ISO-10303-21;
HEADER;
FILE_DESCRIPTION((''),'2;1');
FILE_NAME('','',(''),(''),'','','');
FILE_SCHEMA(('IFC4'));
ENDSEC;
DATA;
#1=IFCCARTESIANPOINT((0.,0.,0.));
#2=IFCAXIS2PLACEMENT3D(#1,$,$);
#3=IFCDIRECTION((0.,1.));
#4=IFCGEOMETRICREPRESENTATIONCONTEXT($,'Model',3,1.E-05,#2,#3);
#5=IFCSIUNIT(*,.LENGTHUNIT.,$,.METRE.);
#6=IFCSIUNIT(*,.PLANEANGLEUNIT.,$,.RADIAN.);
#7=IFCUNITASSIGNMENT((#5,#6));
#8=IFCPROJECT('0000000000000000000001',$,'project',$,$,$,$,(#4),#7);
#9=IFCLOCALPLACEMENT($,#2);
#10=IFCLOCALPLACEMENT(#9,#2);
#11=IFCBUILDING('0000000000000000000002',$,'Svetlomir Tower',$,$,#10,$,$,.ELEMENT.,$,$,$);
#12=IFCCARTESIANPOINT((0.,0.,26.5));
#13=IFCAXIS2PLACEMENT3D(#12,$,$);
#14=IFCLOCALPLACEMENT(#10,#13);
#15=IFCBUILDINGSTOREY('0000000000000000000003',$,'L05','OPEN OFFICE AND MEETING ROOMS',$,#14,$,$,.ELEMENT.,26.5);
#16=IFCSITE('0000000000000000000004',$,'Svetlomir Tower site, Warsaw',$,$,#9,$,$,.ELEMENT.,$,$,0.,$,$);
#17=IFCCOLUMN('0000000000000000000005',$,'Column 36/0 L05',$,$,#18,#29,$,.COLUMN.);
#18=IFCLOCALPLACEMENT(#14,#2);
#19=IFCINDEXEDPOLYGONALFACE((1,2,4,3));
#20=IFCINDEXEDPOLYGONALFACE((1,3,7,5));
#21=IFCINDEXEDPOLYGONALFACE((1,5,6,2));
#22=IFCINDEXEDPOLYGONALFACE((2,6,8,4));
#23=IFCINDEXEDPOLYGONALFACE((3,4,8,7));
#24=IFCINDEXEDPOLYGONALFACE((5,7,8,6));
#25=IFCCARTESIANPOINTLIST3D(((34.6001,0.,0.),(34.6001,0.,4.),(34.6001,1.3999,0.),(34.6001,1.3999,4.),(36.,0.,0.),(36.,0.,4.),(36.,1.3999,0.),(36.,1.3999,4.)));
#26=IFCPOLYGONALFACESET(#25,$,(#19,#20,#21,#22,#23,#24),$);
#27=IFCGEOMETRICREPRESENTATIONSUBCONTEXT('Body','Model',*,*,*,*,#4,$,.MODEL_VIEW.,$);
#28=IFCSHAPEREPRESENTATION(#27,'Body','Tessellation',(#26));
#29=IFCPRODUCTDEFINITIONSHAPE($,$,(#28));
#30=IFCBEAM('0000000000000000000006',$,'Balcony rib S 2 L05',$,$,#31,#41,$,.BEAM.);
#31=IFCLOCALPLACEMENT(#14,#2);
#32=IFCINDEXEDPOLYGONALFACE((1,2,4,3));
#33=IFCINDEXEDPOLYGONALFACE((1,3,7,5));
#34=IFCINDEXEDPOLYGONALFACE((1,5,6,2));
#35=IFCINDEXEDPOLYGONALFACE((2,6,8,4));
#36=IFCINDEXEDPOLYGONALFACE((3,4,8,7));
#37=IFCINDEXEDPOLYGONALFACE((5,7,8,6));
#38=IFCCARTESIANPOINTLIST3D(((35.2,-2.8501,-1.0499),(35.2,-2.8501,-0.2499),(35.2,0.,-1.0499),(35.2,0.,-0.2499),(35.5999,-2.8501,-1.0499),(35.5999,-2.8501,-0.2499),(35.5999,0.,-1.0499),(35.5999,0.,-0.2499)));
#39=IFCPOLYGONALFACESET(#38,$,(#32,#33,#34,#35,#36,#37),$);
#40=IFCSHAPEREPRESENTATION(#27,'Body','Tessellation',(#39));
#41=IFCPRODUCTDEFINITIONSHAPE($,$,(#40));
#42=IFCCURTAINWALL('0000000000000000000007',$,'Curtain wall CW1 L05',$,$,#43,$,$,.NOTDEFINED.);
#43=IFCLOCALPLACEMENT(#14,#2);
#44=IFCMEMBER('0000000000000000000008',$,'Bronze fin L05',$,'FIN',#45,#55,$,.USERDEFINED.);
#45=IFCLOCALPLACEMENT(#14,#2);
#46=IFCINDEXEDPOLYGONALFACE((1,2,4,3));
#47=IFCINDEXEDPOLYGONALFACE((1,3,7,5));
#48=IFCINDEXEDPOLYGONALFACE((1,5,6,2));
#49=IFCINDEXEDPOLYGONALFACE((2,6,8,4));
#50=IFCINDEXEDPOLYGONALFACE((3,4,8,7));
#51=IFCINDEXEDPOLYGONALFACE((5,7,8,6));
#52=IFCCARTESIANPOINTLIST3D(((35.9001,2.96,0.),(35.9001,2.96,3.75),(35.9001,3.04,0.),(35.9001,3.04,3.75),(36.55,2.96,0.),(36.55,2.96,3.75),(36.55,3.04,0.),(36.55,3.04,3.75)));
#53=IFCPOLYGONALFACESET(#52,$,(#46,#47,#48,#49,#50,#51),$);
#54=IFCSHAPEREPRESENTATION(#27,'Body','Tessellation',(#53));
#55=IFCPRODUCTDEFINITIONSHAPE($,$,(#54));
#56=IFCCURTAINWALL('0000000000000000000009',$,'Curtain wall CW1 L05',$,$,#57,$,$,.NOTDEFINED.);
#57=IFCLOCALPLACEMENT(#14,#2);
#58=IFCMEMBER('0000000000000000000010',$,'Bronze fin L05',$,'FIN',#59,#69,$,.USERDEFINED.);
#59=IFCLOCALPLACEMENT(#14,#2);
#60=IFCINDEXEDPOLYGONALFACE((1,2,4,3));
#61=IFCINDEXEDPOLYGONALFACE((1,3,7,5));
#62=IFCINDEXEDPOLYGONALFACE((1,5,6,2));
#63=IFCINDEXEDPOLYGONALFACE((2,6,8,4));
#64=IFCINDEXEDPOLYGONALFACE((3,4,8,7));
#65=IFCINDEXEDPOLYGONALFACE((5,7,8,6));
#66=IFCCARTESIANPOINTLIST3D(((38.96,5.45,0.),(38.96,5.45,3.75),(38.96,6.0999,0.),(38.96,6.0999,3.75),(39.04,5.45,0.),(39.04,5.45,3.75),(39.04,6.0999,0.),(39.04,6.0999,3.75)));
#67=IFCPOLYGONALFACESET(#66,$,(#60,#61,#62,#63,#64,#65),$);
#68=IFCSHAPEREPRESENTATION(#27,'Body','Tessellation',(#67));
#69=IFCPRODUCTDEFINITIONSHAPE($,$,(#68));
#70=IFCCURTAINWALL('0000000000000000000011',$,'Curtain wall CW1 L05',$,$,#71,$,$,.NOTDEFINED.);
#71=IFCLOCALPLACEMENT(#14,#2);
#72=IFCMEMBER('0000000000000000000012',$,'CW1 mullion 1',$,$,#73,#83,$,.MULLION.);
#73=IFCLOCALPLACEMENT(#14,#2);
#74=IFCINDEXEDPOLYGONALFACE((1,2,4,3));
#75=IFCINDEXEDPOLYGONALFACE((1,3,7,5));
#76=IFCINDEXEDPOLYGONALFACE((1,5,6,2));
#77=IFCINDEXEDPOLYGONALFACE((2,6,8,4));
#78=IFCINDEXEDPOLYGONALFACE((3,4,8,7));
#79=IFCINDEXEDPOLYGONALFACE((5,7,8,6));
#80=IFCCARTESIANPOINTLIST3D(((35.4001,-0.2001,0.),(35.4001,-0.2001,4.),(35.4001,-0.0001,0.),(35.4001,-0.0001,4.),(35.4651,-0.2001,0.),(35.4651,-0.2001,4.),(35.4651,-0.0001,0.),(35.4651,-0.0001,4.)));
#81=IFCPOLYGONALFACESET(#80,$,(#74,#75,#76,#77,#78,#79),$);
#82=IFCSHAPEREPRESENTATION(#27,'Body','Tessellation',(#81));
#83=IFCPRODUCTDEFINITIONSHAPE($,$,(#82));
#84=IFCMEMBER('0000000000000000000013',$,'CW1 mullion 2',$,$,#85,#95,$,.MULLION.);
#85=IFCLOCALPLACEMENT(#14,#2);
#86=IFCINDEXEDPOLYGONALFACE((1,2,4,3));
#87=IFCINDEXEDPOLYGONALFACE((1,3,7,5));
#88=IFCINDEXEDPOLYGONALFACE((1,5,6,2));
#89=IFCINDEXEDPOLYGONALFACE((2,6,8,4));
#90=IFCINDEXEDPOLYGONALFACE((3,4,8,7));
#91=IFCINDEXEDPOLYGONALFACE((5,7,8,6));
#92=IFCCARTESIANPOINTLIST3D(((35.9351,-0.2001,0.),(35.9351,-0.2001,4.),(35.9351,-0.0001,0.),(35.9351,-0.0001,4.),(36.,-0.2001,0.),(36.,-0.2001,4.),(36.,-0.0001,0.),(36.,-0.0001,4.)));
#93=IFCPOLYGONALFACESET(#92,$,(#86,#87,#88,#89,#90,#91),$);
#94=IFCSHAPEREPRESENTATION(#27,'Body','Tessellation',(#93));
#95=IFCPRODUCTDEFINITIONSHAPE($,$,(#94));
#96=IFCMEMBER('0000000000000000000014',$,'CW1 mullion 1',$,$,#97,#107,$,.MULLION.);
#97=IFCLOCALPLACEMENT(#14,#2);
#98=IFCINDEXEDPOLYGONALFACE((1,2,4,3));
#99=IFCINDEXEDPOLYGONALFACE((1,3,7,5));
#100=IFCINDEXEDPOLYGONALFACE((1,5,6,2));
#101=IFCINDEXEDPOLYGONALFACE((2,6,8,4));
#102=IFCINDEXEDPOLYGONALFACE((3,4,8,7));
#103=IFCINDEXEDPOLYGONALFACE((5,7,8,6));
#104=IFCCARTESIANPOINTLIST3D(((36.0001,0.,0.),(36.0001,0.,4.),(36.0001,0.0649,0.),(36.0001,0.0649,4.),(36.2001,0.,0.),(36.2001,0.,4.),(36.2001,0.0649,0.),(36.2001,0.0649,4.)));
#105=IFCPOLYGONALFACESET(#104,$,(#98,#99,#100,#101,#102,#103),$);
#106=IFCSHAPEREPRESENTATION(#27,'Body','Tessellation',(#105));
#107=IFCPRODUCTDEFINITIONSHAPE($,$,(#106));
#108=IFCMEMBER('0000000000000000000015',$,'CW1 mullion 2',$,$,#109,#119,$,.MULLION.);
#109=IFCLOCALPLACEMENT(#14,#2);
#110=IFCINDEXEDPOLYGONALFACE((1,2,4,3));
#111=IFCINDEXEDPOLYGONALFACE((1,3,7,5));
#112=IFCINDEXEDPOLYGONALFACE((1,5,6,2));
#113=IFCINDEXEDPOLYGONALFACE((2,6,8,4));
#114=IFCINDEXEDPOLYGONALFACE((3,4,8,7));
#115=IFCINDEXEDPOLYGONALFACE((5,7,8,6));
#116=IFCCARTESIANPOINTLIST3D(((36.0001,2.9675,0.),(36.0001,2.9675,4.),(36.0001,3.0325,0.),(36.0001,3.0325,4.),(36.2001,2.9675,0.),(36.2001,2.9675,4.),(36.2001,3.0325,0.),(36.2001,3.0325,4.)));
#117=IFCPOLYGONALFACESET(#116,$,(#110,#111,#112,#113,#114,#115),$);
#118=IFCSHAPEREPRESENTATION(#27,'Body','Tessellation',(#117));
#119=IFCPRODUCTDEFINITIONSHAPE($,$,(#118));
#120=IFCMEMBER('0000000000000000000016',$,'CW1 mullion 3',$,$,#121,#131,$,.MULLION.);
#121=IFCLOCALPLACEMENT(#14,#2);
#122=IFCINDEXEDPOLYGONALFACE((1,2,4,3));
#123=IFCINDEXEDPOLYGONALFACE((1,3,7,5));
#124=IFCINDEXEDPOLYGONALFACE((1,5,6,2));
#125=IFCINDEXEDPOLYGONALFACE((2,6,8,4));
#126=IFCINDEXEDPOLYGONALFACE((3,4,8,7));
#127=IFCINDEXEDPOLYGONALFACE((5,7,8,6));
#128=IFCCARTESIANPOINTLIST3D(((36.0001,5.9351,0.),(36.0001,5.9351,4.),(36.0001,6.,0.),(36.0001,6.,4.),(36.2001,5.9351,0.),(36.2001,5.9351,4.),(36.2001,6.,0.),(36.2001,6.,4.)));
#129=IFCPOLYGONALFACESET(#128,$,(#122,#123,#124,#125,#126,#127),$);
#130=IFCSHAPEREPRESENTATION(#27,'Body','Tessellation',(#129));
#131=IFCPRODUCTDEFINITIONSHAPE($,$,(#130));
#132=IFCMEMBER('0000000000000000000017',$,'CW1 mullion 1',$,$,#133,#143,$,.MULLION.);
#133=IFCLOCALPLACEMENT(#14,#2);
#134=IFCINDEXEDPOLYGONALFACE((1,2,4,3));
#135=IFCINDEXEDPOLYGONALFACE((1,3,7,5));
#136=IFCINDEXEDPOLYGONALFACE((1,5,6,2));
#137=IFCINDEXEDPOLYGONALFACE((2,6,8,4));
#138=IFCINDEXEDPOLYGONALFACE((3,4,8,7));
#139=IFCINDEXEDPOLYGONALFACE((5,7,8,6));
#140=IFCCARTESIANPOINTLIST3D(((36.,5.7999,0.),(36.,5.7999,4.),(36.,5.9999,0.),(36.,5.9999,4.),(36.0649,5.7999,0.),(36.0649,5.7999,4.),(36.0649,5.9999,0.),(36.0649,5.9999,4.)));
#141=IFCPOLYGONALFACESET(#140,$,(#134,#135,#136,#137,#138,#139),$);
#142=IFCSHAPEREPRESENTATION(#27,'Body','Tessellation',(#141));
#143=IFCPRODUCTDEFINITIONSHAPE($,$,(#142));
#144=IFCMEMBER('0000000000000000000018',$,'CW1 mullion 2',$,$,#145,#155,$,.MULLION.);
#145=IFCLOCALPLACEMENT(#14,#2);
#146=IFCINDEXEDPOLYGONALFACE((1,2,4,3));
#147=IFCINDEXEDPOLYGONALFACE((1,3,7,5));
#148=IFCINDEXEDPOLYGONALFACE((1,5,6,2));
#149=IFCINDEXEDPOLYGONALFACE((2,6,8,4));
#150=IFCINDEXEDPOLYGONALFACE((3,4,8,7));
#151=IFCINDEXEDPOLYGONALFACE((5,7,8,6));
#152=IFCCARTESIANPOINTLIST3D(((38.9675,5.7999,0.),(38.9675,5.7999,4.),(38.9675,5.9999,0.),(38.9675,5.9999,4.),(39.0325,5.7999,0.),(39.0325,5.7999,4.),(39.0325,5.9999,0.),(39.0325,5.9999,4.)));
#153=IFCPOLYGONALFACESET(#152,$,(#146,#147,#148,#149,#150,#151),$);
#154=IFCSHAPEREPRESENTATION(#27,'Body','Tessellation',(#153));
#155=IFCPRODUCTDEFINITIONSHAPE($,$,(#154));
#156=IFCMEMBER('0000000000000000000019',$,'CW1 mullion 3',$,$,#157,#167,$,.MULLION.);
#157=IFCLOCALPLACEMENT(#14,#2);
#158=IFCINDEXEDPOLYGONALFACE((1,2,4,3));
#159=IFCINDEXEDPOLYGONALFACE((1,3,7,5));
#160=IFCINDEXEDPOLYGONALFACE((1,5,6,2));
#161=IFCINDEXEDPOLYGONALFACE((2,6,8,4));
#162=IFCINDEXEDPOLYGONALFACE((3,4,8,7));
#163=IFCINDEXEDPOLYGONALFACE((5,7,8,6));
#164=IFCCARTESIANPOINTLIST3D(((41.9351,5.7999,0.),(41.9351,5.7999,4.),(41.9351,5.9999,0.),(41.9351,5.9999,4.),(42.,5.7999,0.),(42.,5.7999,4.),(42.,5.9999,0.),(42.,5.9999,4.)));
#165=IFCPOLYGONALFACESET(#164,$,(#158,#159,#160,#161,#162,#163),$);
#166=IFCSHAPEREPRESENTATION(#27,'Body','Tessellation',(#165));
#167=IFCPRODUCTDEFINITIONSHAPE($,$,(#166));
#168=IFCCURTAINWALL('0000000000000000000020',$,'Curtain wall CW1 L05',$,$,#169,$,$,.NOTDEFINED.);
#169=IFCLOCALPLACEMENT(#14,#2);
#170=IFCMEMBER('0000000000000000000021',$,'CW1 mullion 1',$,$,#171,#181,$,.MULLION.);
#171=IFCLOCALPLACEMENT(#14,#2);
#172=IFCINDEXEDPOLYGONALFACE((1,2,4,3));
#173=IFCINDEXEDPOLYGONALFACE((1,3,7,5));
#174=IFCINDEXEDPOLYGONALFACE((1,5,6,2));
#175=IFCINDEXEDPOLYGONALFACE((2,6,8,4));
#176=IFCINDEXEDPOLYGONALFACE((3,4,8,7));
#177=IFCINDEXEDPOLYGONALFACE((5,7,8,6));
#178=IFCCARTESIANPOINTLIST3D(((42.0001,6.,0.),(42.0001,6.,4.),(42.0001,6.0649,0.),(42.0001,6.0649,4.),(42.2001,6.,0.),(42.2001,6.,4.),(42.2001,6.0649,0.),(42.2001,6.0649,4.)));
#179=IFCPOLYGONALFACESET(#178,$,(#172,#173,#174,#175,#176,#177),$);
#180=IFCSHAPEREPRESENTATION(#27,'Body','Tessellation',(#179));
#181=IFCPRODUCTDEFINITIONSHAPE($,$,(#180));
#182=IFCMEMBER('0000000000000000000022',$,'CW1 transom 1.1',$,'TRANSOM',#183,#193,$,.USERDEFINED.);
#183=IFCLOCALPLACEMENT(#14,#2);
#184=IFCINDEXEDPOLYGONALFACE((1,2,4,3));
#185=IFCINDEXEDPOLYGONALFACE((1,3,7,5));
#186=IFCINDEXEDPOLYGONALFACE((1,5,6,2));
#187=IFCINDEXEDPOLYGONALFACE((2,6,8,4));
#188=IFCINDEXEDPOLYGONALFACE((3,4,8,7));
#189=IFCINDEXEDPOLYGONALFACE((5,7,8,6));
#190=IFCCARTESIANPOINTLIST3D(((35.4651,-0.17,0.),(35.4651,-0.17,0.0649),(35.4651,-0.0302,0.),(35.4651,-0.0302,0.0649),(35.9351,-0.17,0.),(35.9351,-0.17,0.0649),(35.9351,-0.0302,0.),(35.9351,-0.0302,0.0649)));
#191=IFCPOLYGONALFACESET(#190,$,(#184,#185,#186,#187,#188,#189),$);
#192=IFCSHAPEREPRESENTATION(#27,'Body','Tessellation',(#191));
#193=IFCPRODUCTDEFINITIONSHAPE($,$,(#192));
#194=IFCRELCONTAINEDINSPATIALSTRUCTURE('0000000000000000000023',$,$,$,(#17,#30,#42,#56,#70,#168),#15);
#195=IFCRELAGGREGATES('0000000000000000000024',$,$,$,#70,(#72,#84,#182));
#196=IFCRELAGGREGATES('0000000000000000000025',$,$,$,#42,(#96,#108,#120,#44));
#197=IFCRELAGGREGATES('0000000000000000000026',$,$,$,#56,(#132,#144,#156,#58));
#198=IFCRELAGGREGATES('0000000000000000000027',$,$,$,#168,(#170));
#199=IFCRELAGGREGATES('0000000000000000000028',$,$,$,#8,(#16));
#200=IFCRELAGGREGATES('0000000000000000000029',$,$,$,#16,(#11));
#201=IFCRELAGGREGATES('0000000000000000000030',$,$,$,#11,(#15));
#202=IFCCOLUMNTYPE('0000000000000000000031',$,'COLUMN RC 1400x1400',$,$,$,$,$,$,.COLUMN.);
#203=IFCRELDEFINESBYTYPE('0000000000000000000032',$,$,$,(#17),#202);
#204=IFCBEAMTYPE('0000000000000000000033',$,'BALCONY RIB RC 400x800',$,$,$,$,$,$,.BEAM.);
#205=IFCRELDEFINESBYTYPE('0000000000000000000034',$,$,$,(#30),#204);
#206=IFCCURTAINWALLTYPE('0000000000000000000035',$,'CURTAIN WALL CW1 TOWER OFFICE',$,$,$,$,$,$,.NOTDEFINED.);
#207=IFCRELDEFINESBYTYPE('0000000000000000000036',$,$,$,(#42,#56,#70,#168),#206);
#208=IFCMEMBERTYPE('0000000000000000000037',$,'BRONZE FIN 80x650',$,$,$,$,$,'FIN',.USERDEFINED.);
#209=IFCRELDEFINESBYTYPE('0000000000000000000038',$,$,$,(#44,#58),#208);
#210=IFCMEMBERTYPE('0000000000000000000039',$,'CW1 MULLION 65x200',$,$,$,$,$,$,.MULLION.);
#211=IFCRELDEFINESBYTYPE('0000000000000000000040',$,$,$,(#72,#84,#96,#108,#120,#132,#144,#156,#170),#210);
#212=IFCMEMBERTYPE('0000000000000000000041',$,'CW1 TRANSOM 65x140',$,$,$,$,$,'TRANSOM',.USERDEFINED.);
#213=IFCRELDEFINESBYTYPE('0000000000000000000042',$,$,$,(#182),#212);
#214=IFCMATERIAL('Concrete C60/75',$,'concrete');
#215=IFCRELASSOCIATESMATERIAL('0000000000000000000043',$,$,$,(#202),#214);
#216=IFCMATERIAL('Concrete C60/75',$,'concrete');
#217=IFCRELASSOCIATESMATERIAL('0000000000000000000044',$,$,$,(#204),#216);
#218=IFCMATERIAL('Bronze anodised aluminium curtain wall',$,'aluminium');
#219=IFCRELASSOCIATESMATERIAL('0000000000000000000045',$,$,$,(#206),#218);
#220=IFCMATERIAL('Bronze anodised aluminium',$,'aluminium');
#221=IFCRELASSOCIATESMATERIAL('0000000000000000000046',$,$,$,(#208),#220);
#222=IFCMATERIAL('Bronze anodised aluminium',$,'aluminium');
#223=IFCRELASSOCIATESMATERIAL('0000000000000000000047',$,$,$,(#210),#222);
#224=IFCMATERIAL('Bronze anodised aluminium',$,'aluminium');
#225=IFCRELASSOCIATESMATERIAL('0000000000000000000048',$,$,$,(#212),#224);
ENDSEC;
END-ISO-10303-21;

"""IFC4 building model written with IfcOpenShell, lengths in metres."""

from ifc_helpers import new_model, si_unit, direction, frame, origin, origin_2d, place, context, subcontext, project, spatial, rectangle, extrude, material, material_profile, profile_set, type_object, element, aggregate, save


model = new_model("IFC4")

# Units and contexts
model_context = context("Model", 3, precision=1e-05, world=origin(), true_north=direction((0.0, 1.0)))
body_context = subcontext(model_context, "Body", "Model", "MODEL_VIEW")
ifc_project = project(units=[si_unit("LENGTHUNIT", "METRE"), si_unit("PLANEANGLEUNIT", "RADIAN")], contexts=[model_context])

# Site, building, storey
site_placement = place(None, origin())
site = spatial("IfcSite", under=ifc_project, at=site_placement, Name="Svetlomir Tower site, Warsaw", CompositionType="ELEMENT", RefElevation=0.0)
building_placement = place(site_placement, origin())
building = spatial("IfcBuilding", under=site, at=building_placement, Name="Svetlomir Tower", CompositionType="ELEMENT")
storey_placement = place(building_placement, frame((0.0, 0.0, 26.5)))
storey = spatial("IfcBuildingStorey", under=building, at=storey_placement, Name="L05", Description="OPEN OFFICE AND MEETING ROOMS", CompositionType="ELEMENT", Elevation=26.5)

# Column
ifc_material_1 = material(Name="Concrete C60/75", Category="concrete")
ifc_material_profile_1 = material_profile(ifc_material_1, rectangle(XDim=1.3999, YDim=1.3999, at=origin_2d()), Name="RC 1400x1400")
ifc_profile_set_1 = profile_set([ifc_material_profile_1], Name="Concrete C60/75")
column_type = type_object("IfcColumnType", Name="COLUMN RC 1400x1400", PredefinedType="COLUMN", material=ifc_profile_set_1)
column_placement = place(storey_placement, frame((35.3, 0.7, 0.0), z_axis=(0.0, 0.0, 1.0), x_axis=(1.0, 0.0, 0.0)))
element("IfcColumn", 1, at=column_placement, inside=storey, type_object=column_type, Name="Column 36/0 L05", PredefinedType="COLUMN", context=body_context, shape_type="SweptSolid", body=[
    extrude(rectangle(XDim=1.3999, YDim=1.3999, at=origin_2d()), origin(), (0.0, 0.0, 1.0), 4.0),
])

# Beam
ifc_material_2 = material(Name="Concrete C60/75", Category="concrete")
ifc_material_profile_2 = material_profile(ifc_material_2, rectangle(XDim=0.3999, YDim=0.8, at=origin_2d()), Name="RC 400x800")
ifc_profile_set_2 = profile_set([ifc_material_profile_2], Name="Concrete C60/75")
beam_type_1 = type_object("IfcBeamType", Name="BALCONY RIB RC 400x800", PredefinedType="BEAM", material=ifc_profile_set_2)
beam_placement = place(storey_placement, frame((35.3999, 0.0, -0.6499), z_axis=(0.0, -1.0, 0.0), x_axis=(1.0, 0.0, 0.0)))
element("IfcBeam", 2, at=beam_placement, inside=storey, type_object=beam_type_1, Name="Balcony rib S 2 L05", PredefinedType="BEAM", context=body_context, shape_type="SweptSolid", body=[
    extrude(rectangle(XDim=0.3999, YDim=0.8, at=origin_2d()), origin(), (0.0, 0.0, 1.0), 2.8501),
])

# Curtain walls, members
ifc_material_3 = material(Name="Bronze anodised aluminium curtain wall", Category="aluminium")
curtain_wall_type = type_object("IfcCurtainWallType", Name="CURTAIN WALL CW1 TOWER OFFICE", PredefinedType="NOTDEFINED", material=ifc_material_3)
curtain_wall_1_placement = place(storey_placement, origin())
curtain_wall_1 = element("IfcCurtainWall", 3, at=curtain_wall_1_placement, inside=storey, type_object=curtain_wall_type, Name="Curtain wall CW1 L05", PredefinedType="NOTDEFINED")
ifc_material_4 = material(Name="Bronze anodised aluminium", Category="aluminium")
ifc_material_profile_3 = material_profile(ifc_material_4, rectangle(XDim=0.0801, YDim=0.6499, at=origin_2d()), Name="FIN 80x650")
ifc_profile_set_3 = profile_set([ifc_material_profile_3], Name="Bronze anodised aluminium 6063-T6")
member_type_1 = type_object("IfcMemberType", Name="BRONZE FIN 80x650", ElementType="FIN", PredefinedType="USERDEFINED", material=ifc_profile_set_3)
member_1_placement = place(storey_placement, frame((36.2251, 3.0, 0.0), z_axis=(0.0, 0.0, 1.0), x_axis=(0.0, 1.0, 0.0)))
member_1 = element("IfcMember", 4, at=member_1_placement, type_object=member_type_1, Name="Bronze fin L05", ObjectType="FIN", PredefinedType="USERDEFINED", context=body_context, shape_type="SweptSolid", body=[
    extrude(rectangle(XDim=0.0801, YDim=0.6499, at=origin_2d()), origin(), (0.0, 0.0, 1.0), 3.75),
])
curtain_wall_2_placement = place(storey_placement, origin())
curtain_wall_2 = element("IfcCurtainWall", 5, at=curtain_wall_2_placement, inside=storey, type_object=curtain_wall_type, Name="Curtain wall CW1 L05", PredefinedType="NOTDEFINED")
member_2_placement = place(storey_placement, frame((39.0, 5.7749, 0.0), z_axis=(0.0, 0.0, 1.0), x_axis=(1.0, 0.0, 0.0)))
member_2 = element("IfcMember", 6, at=member_2_placement, type_object=member_type_1, Name="Bronze fin L05", ObjectType="FIN", PredefinedType="USERDEFINED", context=body_context, shape_type="SweptSolid", body=[
    extrude(rectangle(XDim=0.0801, YDim=0.6499, at=origin_2d()), origin(), (0.0, 0.0, 1.0), 3.75),
])

# Curtain wall, members
curtain_wall_3_placement = place(storey_placement, origin())
curtain_wall_3 = element("IfcCurtainWall", 7, at=curtain_wall_3_placement, inside=storey, type_object=curtain_wall_type, Name="Curtain wall CW1 L05", PredefinedType="NOTDEFINED")
ifc_material_5 = material(Name="Bronze anodised aluminium", Category="aluminium")
ifc_material_profile_4 = material_profile(ifc_material_5, rectangle(XDim=0.0649, YDim=0.2, at=origin_2d()), Name="AL 65x200")
ifc_profile_set_4 = profile_set([ifc_material_profile_4], Name="Bronze anodised aluminium 6063-T6")
member_type_2 = type_object("IfcMemberType", Name="CW1 MULLION 65x200", PredefinedType="MULLION", material=ifc_profile_set_4)
member_3_placement = place(storey_placement, frame((35.4326, -0.1001, 0.0), z_axis=(0.0, 0.0, 1.0), x_axis=(1.0, 0.0, 0.0)))
member_3 = element("IfcMember", 8, at=member_3_placement, type_object=member_type_2, Name="CW1 mullion 1", PredefinedType="MULLION", context=body_context, shape_type="SweptSolid", body=[
    extrude(rectangle(XDim=0.0649, YDim=0.2, at=origin_2d()), origin(), (0.0, 0.0, 1.0), 4.0),
])
member_4_placement = place(storey_placement, frame((35.9675, -0.1001, 0.0), z_axis=(0.0, 0.0, 1.0), x_axis=(1.0, 0.0, 0.0)))
member_4 = element("IfcMember", 9, at=member_4_placement, type_object=member_type_2, Name="CW1 mullion 2", PredefinedType="MULLION", context=body_context, shape_type="SweptSolid", body=[
    extrude(rectangle(XDim=0.0649, YDim=0.2, at=origin_2d()), origin(), (0.0, 0.0, 1.0), 4.0),
])

# Members
member_5_placement = place(storey_placement, frame((36.1001, 0.0325, 0.0), z_axis=(0.0, 0.0, 1.0), x_axis=(0.0, 1.0, 0.0)))
member_5 = element("IfcMember", 10, at=member_5_placement, type_object=member_type_2, Name="CW1 mullion 1", PredefinedType="MULLION", context=body_context, shape_type="SweptSolid", body=[
    extrude(rectangle(XDim=0.0649, YDim=0.2, at=origin_2d()), origin(), (0.0, 0.0, 1.0), 4.0),
])
member_6_placement = place(storey_placement, frame((36.1001, 3.0, 0.0), z_axis=(0.0, 0.0, 1.0), x_axis=(0.0, 1.0, 0.0)))
member_6 = element("IfcMember", 11, at=member_6_placement, type_object=member_type_2, Name="CW1 mullion 2", PredefinedType="MULLION", context=body_context, shape_type="SweptSolid", body=[
    extrude(rectangle(XDim=0.0649, YDim=0.2, at=origin_2d()), origin(), (0.0, 0.0, 1.0), 4.0),
])
member_7_placement = place(storey_placement, frame((36.1001, 5.9675, 0.0), z_axis=(0.0, 0.0, 1.0), x_axis=(0.0, 1.0, 0.0)))
member_7 = element("IfcMember", 12, at=member_7_placement, type_object=member_type_2, Name="CW1 mullion 3", PredefinedType="MULLION", context=body_context, shape_type="SweptSolid", body=[
    extrude(rectangle(XDim=0.0649, YDim=0.2, at=origin_2d()), origin(), (0.0, 0.0, 1.0), 4.0),
])
member_8_placement = place(storey_placement, frame((36.0325, 5.8999, 0.0), z_axis=(0.0, 0.0, 1.0), x_axis=(1.0, 0.0, 0.0)))
member_8 = element("IfcMember", 13, at=member_8_placement, type_object=member_type_2, Name="CW1 mullion 1", PredefinedType="MULLION", context=body_context, shape_type="SweptSolid", body=[
    extrude(rectangle(XDim=0.0649, YDim=0.2, at=origin_2d()), origin(), (0.0, 0.0, 1.0), 4.0),
])
member_9_placement = place(storey_placement, frame((39.0, 5.8999, 0.0), z_axis=(0.0, 0.0, 1.0), x_axis=(1.0, 0.0, 0.0)))
member_9 = element("IfcMember", 14, at=member_9_placement, type_object=member_type_2, Name="CW1 mullion 2", PredefinedType="MULLION", context=body_context, shape_type="SweptSolid", body=[
    extrude(rectangle(XDim=0.0649, YDim=0.2, at=origin_2d()), origin(), (0.0, 0.0, 1.0), 4.0),
])
member_10_placement = place(storey_placement, frame((41.9675, 5.8999, 0.0), z_axis=(0.0, 0.0, 1.0), x_axis=(1.0, 0.0, 0.0)))
member_10 = element("IfcMember", 15, at=member_10_placement, type_object=member_type_2, Name="CW1 mullion 3", PredefinedType="MULLION", context=body_context, shape_type="SweptSolid", body=[
    extrude(rectangle(XDim=0.0649, YDim=0.2, at=origin_2d()), origin(), (0.0, 0.0, 1.0), 4.0),
])

# Curtain wall, member
curtain_wall_4_placement = place(storey_placement, origin())
curtain_wall_4 = element("IfcCurtainWall", 16, at=curtain_wall_4_placement, inside=storey, type_object=curtain_wall_type, Name="Curtain wall CW1 L05", PredefinedType="NOTDEFINED")
member_11_placement = place(storey_placement, frame((42.1001, 6.0325, 0.0), z_axis=(0.0, 0.0, 1.0), x_axis=(0.0, 1.0, 0.0)))
member_11 = element("IfcMember", 17, at=member_11_placement, type_object=member_type_2, Name="CW1 mullion 1", PredefinedType="MULLION", context=body_context, shape_type="SweptSolid", body=[
    extrude(rectangle(XDim=0.0649, YDim=0.2, at=origin_2d()), origin(), (0.0, 0.0, 1.0), 4.0),
])

# Member
ifc_material_6 = material(Name="Bronze anodised aluminium", Category="aluminium")
ifc_material_profile_5 = material_profile(ifc_material_6, rectangle(XDim=0.1399, YDim=0.0649, at=origin_2d()), Name="AL 140x65")
ifc_profile_set_5 = profile_set([ifc_material_profile_5], Name="Bronze anodised aluminium 6063-T6")
member_type_3 = type_object("IfcMemberType", Name="CW1 TRANSOM 65x140", ElementType="TRANSOM", PredefinedType="USERDEFINED", material=ifc_profile_set_5)
member_12_placement = place(storey_placement, frame((35.4651, -0.1001, 0.0325), z_axis=(1.0, 0.0, 0.0), x_axis=(0.0, 1.0, 0.0)))
member_12 = element("IfcMember", 18, at=member_12_placement, type_object=member_type_3, Name="CW1 transom 1.1", ObjectType="TRANSOM", PredefinedType="USERDEFINED", context=body_context, shape_type="SweptSolid", body=[
    extrude(rectangle(XDim=0.1399, YDim=0.0649, at=origin_2d()), origin(), (0.0, 0.0, 1.0), 0.47),
])

aggregate(curtain_wall_3, [member_3, member_4, member_12])
aggregate(curtain_wall_1, [member_5, member_6, member_7, member_1])
aggregate(curtain_wall_2, [member_8, member_9, member_10, member_2])
aggregate(curtain_wall_4, [member_11])

save(model, "model.ifc")
